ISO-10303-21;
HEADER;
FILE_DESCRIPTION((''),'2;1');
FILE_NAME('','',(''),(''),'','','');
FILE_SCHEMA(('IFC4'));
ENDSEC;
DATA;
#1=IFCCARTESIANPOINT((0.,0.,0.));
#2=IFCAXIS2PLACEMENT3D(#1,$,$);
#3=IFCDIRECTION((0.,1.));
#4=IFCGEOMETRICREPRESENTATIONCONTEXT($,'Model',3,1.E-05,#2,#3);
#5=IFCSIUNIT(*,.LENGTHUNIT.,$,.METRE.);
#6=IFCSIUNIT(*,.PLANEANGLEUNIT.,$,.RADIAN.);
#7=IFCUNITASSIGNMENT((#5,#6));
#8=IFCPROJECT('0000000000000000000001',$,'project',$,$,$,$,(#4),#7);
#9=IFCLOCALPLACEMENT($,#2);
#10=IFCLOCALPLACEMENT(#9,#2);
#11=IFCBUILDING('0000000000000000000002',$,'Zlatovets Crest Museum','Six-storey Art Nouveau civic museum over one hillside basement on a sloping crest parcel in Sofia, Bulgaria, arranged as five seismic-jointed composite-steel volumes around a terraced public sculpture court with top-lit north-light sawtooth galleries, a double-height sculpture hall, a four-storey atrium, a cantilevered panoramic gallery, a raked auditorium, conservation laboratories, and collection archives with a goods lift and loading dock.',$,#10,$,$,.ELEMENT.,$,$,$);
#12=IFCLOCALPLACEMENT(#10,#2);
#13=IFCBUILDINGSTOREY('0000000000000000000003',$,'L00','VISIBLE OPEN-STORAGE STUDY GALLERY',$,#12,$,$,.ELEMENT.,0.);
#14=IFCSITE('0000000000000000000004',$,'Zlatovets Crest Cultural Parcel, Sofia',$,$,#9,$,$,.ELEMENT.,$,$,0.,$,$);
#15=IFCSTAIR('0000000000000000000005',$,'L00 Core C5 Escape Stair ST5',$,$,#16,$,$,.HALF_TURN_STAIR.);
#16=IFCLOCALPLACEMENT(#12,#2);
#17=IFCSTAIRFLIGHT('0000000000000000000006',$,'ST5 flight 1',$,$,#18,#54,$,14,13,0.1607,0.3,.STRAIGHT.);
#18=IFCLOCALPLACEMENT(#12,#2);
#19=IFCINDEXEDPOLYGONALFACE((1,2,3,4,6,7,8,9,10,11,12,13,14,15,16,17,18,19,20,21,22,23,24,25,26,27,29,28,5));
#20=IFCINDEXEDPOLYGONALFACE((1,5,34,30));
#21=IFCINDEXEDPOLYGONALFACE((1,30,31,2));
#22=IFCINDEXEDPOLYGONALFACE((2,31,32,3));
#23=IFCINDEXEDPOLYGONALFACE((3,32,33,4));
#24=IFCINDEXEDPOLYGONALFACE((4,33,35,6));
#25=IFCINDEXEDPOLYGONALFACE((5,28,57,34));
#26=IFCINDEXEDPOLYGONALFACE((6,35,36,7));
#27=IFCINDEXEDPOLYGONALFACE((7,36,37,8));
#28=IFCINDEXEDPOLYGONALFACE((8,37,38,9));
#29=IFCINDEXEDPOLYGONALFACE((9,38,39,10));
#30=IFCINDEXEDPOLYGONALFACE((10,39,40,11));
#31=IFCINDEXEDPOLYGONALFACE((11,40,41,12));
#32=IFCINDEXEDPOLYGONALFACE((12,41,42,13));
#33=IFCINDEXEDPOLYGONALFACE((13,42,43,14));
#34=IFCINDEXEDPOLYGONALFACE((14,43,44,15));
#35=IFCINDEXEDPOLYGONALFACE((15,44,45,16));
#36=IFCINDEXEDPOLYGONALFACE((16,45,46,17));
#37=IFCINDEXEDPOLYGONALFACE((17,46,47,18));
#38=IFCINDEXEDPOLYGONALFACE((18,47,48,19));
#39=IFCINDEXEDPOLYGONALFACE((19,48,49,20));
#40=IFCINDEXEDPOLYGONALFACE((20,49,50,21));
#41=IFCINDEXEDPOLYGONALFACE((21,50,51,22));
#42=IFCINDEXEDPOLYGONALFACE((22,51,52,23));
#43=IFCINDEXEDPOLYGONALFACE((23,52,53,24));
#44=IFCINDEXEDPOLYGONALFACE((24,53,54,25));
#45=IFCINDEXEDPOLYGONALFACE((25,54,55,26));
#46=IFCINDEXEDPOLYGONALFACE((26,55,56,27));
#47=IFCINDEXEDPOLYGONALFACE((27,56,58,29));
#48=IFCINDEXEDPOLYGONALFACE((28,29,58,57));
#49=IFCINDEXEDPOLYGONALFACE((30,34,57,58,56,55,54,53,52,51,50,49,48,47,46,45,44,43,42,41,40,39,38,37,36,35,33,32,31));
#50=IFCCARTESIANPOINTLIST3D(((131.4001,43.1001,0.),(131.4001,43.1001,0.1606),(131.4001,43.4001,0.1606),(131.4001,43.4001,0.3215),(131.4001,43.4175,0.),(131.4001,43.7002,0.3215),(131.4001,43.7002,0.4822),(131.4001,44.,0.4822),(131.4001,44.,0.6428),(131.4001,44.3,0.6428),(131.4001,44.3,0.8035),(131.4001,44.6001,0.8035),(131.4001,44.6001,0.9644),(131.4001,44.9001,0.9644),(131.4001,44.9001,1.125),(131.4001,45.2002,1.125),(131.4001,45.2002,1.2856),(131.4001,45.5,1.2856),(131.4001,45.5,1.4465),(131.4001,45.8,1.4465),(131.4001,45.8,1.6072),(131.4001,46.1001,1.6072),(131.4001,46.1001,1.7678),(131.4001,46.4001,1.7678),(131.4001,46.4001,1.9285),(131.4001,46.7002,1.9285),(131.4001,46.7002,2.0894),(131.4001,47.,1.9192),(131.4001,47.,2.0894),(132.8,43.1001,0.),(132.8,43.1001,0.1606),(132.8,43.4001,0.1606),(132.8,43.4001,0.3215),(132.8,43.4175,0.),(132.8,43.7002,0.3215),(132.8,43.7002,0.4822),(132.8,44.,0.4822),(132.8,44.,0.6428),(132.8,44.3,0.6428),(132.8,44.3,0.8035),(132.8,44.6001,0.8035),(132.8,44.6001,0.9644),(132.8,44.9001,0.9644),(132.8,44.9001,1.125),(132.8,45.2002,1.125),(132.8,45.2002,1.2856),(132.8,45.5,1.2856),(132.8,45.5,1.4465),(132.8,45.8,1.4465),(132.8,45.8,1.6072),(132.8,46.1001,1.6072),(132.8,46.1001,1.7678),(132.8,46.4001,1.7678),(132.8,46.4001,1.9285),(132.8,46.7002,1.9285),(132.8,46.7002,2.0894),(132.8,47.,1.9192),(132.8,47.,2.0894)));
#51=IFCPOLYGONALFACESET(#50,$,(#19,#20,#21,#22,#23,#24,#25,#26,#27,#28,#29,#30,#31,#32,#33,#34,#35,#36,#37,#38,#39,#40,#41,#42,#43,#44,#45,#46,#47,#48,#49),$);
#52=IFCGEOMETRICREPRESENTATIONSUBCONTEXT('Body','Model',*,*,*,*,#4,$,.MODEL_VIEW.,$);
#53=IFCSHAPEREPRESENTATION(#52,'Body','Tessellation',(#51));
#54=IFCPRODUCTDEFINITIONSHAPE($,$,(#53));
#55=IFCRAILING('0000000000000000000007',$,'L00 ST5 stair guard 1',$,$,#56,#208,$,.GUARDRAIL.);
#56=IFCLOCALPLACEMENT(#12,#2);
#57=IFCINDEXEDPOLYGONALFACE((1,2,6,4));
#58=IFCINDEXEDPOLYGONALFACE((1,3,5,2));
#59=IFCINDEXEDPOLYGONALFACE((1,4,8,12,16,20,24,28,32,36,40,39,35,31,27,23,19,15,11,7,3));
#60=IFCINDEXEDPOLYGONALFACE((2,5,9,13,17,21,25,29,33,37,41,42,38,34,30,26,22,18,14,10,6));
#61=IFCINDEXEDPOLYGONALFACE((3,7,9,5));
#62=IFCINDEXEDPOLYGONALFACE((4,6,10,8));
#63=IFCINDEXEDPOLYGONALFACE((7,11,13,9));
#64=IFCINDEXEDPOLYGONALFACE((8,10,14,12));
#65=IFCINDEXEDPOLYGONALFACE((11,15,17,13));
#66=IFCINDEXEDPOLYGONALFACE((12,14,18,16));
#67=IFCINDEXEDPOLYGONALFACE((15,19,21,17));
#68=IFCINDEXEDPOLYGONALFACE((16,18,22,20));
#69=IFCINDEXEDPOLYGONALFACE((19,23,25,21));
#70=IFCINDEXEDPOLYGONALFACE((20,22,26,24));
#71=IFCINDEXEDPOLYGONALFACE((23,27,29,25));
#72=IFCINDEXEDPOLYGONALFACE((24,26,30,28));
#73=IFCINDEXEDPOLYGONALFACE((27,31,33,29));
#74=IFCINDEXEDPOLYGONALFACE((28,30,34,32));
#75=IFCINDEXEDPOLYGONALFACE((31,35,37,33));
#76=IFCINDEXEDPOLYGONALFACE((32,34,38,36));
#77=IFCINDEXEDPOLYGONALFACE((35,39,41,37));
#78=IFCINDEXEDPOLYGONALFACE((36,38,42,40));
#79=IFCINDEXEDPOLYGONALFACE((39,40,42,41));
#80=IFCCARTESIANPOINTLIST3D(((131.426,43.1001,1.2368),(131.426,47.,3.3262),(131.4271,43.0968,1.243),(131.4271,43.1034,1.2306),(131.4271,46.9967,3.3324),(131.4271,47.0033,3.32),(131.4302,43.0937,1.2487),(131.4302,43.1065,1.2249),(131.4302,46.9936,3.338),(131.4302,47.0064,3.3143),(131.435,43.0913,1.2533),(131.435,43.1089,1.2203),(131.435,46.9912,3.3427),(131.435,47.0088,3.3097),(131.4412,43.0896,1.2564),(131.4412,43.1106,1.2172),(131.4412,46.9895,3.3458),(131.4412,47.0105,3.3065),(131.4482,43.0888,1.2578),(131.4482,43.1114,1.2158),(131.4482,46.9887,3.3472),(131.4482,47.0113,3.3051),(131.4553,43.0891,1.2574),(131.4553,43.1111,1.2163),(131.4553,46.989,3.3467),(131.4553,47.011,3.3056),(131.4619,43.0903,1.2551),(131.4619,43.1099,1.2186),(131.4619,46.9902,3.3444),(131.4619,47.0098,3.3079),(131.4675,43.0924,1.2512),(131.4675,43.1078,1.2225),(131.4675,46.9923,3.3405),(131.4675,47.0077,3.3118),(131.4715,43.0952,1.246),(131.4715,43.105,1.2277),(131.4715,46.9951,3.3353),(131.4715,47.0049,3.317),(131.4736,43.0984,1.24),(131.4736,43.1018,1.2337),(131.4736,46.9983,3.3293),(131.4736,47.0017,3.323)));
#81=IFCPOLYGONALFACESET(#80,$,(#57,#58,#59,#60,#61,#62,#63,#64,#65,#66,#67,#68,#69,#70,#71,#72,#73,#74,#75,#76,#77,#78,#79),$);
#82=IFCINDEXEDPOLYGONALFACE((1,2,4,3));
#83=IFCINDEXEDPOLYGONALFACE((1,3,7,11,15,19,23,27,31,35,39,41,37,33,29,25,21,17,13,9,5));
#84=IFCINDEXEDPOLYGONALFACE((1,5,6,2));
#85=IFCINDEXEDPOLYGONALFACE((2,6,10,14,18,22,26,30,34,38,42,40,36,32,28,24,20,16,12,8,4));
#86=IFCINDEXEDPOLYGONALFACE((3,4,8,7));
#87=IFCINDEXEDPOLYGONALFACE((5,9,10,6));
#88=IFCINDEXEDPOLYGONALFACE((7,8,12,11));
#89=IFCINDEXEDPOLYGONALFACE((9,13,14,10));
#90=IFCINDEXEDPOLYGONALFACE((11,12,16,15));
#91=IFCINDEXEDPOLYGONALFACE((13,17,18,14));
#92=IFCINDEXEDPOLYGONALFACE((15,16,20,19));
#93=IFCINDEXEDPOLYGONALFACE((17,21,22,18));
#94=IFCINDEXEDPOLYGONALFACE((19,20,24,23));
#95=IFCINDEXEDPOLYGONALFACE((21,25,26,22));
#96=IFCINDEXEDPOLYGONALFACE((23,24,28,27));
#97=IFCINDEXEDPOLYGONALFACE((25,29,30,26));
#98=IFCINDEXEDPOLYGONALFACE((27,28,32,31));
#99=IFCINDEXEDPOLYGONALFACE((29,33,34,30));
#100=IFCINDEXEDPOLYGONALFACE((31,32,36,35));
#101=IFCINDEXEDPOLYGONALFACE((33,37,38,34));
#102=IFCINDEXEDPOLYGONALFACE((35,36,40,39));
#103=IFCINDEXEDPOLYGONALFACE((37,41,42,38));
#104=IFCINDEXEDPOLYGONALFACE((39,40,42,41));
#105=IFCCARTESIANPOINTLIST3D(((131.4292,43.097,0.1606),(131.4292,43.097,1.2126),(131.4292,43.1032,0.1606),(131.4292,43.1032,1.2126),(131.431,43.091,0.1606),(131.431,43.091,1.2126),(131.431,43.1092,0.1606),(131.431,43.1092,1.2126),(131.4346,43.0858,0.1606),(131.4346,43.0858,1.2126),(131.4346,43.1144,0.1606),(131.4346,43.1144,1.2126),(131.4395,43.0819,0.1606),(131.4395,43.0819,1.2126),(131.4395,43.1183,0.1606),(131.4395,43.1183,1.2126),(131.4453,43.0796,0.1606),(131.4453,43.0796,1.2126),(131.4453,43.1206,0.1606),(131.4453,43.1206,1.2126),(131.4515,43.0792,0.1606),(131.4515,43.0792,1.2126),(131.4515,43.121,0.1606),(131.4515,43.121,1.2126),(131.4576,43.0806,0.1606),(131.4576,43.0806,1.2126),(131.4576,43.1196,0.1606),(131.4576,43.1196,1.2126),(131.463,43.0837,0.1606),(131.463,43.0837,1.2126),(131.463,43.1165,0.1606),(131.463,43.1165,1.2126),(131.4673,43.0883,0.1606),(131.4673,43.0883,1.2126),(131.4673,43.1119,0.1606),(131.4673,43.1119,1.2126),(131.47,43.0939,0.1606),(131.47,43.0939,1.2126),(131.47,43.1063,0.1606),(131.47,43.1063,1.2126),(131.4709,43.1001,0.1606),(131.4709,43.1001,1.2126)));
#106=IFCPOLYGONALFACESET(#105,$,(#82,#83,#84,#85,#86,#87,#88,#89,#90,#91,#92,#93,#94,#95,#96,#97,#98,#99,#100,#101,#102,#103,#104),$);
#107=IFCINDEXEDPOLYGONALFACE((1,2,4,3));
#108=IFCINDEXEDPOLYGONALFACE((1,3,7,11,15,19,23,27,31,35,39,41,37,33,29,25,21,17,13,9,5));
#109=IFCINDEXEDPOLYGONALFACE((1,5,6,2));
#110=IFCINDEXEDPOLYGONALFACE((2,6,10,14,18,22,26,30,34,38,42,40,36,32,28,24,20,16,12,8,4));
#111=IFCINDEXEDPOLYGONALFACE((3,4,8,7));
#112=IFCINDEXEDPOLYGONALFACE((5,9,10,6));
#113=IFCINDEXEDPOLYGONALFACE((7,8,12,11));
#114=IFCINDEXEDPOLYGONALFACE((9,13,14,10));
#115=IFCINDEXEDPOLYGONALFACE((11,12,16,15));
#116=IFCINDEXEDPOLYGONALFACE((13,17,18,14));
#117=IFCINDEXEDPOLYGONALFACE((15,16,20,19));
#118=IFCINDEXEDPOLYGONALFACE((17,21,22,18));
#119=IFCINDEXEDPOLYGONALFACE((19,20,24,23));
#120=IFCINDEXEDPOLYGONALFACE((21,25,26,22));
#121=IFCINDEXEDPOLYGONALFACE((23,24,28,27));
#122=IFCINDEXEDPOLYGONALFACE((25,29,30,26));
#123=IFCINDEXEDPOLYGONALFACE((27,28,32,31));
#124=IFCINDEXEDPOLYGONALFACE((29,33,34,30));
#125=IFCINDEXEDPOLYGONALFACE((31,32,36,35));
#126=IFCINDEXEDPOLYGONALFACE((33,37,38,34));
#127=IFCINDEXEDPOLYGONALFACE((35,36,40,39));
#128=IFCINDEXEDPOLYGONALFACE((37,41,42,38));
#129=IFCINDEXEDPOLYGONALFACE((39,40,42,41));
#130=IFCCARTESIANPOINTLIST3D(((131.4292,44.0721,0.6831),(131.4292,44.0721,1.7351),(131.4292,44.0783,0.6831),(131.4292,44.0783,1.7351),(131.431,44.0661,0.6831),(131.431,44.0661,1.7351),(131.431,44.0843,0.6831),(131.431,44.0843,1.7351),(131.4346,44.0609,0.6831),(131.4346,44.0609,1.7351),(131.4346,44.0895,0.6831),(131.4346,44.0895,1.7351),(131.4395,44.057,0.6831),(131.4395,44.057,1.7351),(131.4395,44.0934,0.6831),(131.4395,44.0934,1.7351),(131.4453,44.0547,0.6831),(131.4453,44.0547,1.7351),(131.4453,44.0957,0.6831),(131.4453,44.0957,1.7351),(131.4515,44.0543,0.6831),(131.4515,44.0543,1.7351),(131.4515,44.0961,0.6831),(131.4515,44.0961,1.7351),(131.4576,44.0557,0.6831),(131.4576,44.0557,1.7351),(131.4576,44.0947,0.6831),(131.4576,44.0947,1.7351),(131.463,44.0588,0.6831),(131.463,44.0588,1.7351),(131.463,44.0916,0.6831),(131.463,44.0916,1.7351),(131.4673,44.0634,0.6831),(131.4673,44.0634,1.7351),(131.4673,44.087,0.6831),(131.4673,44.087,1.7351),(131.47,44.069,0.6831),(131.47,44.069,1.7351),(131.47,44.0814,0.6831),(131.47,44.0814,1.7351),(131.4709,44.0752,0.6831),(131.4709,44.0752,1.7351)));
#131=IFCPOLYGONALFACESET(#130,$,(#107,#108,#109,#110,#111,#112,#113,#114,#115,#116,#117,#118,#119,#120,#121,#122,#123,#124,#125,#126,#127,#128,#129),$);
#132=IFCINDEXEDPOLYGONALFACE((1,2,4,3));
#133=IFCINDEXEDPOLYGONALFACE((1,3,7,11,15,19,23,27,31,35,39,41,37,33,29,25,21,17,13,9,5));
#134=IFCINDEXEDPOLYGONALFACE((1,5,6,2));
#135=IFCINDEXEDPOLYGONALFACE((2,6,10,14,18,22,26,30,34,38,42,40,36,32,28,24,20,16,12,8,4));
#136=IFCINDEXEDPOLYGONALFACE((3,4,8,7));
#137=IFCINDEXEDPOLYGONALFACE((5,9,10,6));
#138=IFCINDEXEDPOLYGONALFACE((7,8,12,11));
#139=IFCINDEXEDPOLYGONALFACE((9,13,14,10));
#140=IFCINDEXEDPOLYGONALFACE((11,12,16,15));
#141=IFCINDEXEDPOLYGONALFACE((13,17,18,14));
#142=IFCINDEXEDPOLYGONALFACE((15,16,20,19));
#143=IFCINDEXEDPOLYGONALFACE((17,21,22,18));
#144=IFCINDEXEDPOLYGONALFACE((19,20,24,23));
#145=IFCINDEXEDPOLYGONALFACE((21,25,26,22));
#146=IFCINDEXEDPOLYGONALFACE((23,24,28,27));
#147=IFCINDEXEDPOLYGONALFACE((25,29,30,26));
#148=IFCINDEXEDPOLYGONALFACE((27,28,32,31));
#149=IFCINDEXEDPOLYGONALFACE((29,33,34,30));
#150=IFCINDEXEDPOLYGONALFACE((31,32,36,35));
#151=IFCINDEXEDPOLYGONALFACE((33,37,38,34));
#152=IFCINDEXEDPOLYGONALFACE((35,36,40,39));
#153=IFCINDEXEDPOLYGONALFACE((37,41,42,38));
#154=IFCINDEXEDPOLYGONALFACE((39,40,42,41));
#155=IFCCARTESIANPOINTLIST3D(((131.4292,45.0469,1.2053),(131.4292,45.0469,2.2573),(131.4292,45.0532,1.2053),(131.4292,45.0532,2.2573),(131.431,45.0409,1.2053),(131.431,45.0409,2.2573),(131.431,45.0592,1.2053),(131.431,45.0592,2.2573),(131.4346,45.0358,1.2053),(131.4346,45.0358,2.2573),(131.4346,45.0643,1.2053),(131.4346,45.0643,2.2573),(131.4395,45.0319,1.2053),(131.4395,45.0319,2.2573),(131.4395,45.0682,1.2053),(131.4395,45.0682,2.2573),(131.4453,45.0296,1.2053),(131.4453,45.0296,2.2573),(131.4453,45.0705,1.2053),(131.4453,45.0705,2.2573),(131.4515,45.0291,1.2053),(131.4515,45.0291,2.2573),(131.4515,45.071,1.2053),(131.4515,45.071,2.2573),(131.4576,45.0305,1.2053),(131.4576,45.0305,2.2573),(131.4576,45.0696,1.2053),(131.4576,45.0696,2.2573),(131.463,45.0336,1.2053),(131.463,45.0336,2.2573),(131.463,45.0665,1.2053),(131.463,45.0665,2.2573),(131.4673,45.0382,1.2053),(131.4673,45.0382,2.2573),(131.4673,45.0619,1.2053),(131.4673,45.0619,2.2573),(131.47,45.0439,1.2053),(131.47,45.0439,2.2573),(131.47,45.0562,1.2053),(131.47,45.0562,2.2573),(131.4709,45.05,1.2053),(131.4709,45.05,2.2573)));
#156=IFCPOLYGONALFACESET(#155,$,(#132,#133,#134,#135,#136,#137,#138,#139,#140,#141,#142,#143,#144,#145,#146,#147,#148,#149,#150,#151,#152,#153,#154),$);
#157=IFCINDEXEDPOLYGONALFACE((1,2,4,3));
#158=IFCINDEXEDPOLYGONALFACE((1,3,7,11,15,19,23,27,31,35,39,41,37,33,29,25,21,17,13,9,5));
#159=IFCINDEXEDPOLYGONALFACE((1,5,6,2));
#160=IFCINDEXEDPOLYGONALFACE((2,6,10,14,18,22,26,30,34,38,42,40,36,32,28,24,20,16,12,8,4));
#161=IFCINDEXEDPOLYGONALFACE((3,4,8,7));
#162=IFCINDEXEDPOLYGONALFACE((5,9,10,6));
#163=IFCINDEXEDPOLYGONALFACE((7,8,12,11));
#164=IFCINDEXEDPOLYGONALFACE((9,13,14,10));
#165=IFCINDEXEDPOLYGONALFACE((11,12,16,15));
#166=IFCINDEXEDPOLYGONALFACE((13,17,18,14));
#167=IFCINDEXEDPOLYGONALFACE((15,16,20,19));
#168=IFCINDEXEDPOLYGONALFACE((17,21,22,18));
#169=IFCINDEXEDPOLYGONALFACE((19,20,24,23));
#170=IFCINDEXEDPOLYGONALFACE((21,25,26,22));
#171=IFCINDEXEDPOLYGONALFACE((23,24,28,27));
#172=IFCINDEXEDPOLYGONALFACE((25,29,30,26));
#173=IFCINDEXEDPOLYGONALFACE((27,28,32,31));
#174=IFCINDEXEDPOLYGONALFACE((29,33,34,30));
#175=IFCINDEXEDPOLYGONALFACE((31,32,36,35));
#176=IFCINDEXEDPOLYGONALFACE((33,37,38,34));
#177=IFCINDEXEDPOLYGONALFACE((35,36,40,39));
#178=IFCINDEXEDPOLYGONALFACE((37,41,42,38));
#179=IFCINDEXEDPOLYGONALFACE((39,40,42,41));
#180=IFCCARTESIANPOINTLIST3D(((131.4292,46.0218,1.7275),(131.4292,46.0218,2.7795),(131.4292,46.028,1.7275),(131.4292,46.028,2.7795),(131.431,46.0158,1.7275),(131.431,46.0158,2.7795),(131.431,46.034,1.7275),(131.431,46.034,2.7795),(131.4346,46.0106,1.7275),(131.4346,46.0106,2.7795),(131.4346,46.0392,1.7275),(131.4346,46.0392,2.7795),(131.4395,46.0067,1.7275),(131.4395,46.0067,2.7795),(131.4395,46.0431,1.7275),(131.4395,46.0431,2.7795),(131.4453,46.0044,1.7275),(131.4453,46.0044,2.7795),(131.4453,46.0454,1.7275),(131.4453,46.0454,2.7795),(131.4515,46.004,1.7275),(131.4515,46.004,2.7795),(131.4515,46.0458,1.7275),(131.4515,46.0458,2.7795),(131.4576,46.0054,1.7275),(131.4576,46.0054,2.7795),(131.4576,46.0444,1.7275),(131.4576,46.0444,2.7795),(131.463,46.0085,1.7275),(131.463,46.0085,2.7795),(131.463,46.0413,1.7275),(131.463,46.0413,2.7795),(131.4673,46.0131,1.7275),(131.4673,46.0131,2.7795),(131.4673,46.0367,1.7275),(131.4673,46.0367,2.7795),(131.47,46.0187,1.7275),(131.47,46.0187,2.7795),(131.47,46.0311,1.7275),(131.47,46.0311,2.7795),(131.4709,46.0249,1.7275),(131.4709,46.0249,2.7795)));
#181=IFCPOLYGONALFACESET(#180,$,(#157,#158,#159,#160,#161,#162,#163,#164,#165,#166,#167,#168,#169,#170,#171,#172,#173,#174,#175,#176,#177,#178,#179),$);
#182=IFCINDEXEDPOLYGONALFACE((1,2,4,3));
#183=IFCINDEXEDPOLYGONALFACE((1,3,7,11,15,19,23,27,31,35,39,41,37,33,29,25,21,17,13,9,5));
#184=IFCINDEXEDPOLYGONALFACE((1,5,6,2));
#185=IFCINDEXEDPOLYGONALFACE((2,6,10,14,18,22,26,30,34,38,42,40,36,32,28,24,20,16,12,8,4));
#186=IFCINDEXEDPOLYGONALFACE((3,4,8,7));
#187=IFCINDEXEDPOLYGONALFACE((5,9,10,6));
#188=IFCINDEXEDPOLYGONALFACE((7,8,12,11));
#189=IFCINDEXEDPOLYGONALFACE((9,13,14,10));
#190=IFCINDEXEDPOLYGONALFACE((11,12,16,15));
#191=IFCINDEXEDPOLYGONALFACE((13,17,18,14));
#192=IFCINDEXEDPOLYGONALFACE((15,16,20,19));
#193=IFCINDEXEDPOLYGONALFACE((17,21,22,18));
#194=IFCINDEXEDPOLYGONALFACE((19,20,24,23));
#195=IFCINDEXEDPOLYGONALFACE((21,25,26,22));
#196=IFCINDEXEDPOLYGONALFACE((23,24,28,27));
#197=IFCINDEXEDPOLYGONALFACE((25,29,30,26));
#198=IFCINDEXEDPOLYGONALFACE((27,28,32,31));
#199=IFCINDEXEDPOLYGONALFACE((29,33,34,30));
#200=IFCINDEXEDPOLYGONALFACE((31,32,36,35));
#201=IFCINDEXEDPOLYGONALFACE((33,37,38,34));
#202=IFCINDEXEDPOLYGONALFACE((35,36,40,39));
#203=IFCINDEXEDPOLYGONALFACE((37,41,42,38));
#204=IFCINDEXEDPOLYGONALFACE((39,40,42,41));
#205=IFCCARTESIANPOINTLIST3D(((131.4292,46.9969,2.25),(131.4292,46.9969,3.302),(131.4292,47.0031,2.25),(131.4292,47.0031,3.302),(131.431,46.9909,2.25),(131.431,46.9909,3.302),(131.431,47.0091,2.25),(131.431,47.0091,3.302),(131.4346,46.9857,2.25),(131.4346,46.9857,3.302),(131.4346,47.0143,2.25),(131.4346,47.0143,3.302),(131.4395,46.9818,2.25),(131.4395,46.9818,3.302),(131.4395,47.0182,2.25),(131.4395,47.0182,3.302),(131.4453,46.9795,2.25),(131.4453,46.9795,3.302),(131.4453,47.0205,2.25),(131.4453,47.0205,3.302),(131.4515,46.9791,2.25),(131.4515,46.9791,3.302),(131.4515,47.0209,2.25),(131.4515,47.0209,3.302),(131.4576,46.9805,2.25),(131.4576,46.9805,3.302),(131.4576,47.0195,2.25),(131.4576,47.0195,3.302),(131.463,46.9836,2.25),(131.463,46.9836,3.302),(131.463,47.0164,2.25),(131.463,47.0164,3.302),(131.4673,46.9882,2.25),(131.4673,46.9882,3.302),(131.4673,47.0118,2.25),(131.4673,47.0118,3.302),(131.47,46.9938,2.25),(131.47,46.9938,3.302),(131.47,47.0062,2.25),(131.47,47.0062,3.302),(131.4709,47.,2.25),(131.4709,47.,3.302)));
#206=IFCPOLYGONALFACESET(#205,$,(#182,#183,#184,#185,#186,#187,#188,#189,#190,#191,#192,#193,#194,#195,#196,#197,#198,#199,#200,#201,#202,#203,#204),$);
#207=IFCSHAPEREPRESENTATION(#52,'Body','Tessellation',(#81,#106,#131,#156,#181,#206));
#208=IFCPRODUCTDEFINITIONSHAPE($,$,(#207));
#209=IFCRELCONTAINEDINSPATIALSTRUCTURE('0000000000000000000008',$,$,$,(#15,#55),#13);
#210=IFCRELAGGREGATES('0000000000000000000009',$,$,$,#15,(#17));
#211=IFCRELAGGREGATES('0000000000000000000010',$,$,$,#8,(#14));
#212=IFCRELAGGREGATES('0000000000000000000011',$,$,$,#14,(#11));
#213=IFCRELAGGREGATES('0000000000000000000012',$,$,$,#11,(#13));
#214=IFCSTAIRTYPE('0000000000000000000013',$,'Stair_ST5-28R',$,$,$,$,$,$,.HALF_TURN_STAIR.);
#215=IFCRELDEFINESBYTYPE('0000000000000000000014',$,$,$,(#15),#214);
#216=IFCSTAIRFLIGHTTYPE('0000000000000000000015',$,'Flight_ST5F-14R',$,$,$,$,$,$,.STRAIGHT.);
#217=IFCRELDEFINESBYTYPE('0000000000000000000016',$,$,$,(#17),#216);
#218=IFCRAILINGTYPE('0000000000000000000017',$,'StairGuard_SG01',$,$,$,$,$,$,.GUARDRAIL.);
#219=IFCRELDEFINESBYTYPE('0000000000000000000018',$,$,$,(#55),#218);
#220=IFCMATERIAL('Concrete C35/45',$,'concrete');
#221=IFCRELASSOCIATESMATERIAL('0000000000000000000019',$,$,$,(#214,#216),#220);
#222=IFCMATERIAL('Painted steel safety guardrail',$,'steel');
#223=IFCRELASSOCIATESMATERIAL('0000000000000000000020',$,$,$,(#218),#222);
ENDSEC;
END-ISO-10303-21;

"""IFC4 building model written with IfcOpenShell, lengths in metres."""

from ifc_helpers import new_model, si_unit, direction, frame, origin, origin_2d, place, context, subcontext, project, spatial, polyline, circle, outline, extrude, material, type_object, element, aggregate, save


model = new_model("IFC4")

# Units and contexts
model_context = context("Model", 3, precision=1e-05, world=origin(), true_north=direction((0.0, 1.0)))
body_context = subcontext(model_context, "Body", "Model", "MODEL_VIEW")
ifc_project = project(units=[si_unit("LENGTHUNIT", "METRE"), si_unit("PLANEANGLEUNIT", "RADIAN")], contexts=[model_context])

# Site, building, storey
site_placement = place(None, origin())
site = spatial("IfcSite", under=ifc_project, at=site_placement, Name="Zlatovets Crest Cultural Parcel, Sofia", CompositionType="ELEMENT", RefElevation=0.0)
building_placement = place(site_placement, origin())
building = spatial("IfcBuilding", under=site, at=building_placement, Name="Zlatovets Crest Museum", Description="Six-storey Art Nouveau civic museum over one hillside basement on a sloping crest parcel in Sofia, Bulgaria, arranged as five seismic-jointed composite-steel volumes around a terraced public sculpture court with top-lit north-light sawtooth galleries, a double-height sculpture hall, a four-storey atrium, a cantilevered panoramic gallery, a raked auditorium, conservation laboratories, and collection archives with a goods lift and loading dock.", CompositionType="ELEMENT")
storey_placement = place(building_placement, origin())
storey = spatial("IfcBuildingStorey", under=building, at=storey_placement, Name="L00", Description="VISIBLE OPEN-STORAGE STUDY GALLERY", CompositionType="ELEMENT", Elevation=0.0)

# Shared definitions
ifc_material_1 = material(Name="Concrete C35/45", Category="concrete")

# Stair, stair flight
stair_type = type_object("IfcStairType", Name="Stair_ST5-28R", PredefinedType="HALF_TURN_STAIR", material=ifc_material_1)
stair_placement = place(storey_placement, origin())
stair = element("IfcStair", 1, at=stair_placement, inside=storey, type_object=stair_type, Name="L00 Core C5 Escape Stair ST5", PredefinedType="HALF_TURN_STAIR")
stair_flight_type = type_object("IfcStairFlightType", Name="Flight_ST5F-14R", PredefinedType="STRAIGHT", material=ifc_material_1)
stair_flight_placement = place(storey_placement, frame((132.1001, 43.1001, 0.0), z_axis=(0.0, 0.0, 1.0), x_axis=(0.0, 1.0, 0.0)))
stair_flight = element("IfcStairFlight", 2, at=stair_flight_placement, type_object=stair_flight_type, Name="ST5 flight 1", NumberOfRisers=14, NumberOfTreads=13, PredefinedType="STRAIGHT", RiserHeight=0.1607, TreadLength=0.3, context=body_context, shape_type="SweptSolid", body=[
    extrude(outline(polyline([(0.0, 0.0), (0.0, 0.1606), (0.3, 0.1606), (0.3, 0.3215), (0.6001, 0.3215), (0.6001, 0.4822), (0.8999, 0.4822), (0.8999, 0.6428), (1.2, 0.6428), (1.2, 0.8035), (1.5, 0.8035), (1.5, 0.9644), (1.8, 0.9644), (1.8, 1.125), (2.1001, 1.125), (2.1001, 1.2856), (2.3999, 1.2856), (2.3999, 1.4465), (2.7, 1.4465), (2.7, 1.6072), (3.0, 1.6072), (3.0, 1.7678), (3.3, 1.7678), (3.3, 1.9285), (3.6001, 1.9285), (3.6001, 2.0894), (3.8999, 2.0894), (3.8999, 2.25), (3.8999, 1.9192), (0.3174, 0.0), (0.0, 0.0)])), frame((0.0, 0.7, 0.0), z_axis=(0.0, -1.0, 0.0), x_axis=(1.0, 0.0, 0.0)), (0.0, 0.0, 1.0), 1.3999),
])
aggregate(stair, [stair_flight])

# Railing
ifc_material_2 = material(Name="Painted steel safety guardrail", Category="steel")
railing_type_1 = type_object("IfcRailingType", Name="StairGuard_SG01", PredefinedType="GUARDRAIL", material=ifc_material_2)
railing_1_placement = place(storey_placement, frame((131.45, 43.1001, 0.1606)))
element("IfcRailing", 3, at=railing_1_placement, inside=storey, type_object=railing_type_1, Name="L00 ST5 stair guard 1", PredefinedType="GUARDRAIL", context=body_context, shape_type="SweptSolid", body=[
    extrude(circle(Radius=0.0239, at=origin_2d()), frame((0.0, 0.0, 1.0762), z_axis=(0.0, 0.881468, 0.472243), x_axis=(-1.0, 0.0, 0.0)), (0.0, 0.0, 1.0), 4.4243),
    extrude(circle(Radius=0.021, at=origin_2d()), origin(), (0.0, 0.0, 1.0), 1.052),
    extrude(circle(Radius=0.021, at=origin_2d()), frame((0.0, 0.9751, 0.5225)), (0.0, 0.0, 1.0), 1.052),
    extrude(circle(Radius=0.021, at=origin_2d()), frame((0.0, 1.95, 1.0447)), (0.0, 0.0, 1.0), 1.052),
    extrude(circle(Radius=0.021, at=origin_2d()), frame((0.0, 2.9248, 1.5669)), (0.0, 0.0, 1.0), 1.052),
    extrude(circle(Radius=0.021, at=origin_2d()), frame((0.0, 3.8999, 2.0894)), (0.0, 0.0, 1.0), 1.052),
])

save(model, "model.ifc")
